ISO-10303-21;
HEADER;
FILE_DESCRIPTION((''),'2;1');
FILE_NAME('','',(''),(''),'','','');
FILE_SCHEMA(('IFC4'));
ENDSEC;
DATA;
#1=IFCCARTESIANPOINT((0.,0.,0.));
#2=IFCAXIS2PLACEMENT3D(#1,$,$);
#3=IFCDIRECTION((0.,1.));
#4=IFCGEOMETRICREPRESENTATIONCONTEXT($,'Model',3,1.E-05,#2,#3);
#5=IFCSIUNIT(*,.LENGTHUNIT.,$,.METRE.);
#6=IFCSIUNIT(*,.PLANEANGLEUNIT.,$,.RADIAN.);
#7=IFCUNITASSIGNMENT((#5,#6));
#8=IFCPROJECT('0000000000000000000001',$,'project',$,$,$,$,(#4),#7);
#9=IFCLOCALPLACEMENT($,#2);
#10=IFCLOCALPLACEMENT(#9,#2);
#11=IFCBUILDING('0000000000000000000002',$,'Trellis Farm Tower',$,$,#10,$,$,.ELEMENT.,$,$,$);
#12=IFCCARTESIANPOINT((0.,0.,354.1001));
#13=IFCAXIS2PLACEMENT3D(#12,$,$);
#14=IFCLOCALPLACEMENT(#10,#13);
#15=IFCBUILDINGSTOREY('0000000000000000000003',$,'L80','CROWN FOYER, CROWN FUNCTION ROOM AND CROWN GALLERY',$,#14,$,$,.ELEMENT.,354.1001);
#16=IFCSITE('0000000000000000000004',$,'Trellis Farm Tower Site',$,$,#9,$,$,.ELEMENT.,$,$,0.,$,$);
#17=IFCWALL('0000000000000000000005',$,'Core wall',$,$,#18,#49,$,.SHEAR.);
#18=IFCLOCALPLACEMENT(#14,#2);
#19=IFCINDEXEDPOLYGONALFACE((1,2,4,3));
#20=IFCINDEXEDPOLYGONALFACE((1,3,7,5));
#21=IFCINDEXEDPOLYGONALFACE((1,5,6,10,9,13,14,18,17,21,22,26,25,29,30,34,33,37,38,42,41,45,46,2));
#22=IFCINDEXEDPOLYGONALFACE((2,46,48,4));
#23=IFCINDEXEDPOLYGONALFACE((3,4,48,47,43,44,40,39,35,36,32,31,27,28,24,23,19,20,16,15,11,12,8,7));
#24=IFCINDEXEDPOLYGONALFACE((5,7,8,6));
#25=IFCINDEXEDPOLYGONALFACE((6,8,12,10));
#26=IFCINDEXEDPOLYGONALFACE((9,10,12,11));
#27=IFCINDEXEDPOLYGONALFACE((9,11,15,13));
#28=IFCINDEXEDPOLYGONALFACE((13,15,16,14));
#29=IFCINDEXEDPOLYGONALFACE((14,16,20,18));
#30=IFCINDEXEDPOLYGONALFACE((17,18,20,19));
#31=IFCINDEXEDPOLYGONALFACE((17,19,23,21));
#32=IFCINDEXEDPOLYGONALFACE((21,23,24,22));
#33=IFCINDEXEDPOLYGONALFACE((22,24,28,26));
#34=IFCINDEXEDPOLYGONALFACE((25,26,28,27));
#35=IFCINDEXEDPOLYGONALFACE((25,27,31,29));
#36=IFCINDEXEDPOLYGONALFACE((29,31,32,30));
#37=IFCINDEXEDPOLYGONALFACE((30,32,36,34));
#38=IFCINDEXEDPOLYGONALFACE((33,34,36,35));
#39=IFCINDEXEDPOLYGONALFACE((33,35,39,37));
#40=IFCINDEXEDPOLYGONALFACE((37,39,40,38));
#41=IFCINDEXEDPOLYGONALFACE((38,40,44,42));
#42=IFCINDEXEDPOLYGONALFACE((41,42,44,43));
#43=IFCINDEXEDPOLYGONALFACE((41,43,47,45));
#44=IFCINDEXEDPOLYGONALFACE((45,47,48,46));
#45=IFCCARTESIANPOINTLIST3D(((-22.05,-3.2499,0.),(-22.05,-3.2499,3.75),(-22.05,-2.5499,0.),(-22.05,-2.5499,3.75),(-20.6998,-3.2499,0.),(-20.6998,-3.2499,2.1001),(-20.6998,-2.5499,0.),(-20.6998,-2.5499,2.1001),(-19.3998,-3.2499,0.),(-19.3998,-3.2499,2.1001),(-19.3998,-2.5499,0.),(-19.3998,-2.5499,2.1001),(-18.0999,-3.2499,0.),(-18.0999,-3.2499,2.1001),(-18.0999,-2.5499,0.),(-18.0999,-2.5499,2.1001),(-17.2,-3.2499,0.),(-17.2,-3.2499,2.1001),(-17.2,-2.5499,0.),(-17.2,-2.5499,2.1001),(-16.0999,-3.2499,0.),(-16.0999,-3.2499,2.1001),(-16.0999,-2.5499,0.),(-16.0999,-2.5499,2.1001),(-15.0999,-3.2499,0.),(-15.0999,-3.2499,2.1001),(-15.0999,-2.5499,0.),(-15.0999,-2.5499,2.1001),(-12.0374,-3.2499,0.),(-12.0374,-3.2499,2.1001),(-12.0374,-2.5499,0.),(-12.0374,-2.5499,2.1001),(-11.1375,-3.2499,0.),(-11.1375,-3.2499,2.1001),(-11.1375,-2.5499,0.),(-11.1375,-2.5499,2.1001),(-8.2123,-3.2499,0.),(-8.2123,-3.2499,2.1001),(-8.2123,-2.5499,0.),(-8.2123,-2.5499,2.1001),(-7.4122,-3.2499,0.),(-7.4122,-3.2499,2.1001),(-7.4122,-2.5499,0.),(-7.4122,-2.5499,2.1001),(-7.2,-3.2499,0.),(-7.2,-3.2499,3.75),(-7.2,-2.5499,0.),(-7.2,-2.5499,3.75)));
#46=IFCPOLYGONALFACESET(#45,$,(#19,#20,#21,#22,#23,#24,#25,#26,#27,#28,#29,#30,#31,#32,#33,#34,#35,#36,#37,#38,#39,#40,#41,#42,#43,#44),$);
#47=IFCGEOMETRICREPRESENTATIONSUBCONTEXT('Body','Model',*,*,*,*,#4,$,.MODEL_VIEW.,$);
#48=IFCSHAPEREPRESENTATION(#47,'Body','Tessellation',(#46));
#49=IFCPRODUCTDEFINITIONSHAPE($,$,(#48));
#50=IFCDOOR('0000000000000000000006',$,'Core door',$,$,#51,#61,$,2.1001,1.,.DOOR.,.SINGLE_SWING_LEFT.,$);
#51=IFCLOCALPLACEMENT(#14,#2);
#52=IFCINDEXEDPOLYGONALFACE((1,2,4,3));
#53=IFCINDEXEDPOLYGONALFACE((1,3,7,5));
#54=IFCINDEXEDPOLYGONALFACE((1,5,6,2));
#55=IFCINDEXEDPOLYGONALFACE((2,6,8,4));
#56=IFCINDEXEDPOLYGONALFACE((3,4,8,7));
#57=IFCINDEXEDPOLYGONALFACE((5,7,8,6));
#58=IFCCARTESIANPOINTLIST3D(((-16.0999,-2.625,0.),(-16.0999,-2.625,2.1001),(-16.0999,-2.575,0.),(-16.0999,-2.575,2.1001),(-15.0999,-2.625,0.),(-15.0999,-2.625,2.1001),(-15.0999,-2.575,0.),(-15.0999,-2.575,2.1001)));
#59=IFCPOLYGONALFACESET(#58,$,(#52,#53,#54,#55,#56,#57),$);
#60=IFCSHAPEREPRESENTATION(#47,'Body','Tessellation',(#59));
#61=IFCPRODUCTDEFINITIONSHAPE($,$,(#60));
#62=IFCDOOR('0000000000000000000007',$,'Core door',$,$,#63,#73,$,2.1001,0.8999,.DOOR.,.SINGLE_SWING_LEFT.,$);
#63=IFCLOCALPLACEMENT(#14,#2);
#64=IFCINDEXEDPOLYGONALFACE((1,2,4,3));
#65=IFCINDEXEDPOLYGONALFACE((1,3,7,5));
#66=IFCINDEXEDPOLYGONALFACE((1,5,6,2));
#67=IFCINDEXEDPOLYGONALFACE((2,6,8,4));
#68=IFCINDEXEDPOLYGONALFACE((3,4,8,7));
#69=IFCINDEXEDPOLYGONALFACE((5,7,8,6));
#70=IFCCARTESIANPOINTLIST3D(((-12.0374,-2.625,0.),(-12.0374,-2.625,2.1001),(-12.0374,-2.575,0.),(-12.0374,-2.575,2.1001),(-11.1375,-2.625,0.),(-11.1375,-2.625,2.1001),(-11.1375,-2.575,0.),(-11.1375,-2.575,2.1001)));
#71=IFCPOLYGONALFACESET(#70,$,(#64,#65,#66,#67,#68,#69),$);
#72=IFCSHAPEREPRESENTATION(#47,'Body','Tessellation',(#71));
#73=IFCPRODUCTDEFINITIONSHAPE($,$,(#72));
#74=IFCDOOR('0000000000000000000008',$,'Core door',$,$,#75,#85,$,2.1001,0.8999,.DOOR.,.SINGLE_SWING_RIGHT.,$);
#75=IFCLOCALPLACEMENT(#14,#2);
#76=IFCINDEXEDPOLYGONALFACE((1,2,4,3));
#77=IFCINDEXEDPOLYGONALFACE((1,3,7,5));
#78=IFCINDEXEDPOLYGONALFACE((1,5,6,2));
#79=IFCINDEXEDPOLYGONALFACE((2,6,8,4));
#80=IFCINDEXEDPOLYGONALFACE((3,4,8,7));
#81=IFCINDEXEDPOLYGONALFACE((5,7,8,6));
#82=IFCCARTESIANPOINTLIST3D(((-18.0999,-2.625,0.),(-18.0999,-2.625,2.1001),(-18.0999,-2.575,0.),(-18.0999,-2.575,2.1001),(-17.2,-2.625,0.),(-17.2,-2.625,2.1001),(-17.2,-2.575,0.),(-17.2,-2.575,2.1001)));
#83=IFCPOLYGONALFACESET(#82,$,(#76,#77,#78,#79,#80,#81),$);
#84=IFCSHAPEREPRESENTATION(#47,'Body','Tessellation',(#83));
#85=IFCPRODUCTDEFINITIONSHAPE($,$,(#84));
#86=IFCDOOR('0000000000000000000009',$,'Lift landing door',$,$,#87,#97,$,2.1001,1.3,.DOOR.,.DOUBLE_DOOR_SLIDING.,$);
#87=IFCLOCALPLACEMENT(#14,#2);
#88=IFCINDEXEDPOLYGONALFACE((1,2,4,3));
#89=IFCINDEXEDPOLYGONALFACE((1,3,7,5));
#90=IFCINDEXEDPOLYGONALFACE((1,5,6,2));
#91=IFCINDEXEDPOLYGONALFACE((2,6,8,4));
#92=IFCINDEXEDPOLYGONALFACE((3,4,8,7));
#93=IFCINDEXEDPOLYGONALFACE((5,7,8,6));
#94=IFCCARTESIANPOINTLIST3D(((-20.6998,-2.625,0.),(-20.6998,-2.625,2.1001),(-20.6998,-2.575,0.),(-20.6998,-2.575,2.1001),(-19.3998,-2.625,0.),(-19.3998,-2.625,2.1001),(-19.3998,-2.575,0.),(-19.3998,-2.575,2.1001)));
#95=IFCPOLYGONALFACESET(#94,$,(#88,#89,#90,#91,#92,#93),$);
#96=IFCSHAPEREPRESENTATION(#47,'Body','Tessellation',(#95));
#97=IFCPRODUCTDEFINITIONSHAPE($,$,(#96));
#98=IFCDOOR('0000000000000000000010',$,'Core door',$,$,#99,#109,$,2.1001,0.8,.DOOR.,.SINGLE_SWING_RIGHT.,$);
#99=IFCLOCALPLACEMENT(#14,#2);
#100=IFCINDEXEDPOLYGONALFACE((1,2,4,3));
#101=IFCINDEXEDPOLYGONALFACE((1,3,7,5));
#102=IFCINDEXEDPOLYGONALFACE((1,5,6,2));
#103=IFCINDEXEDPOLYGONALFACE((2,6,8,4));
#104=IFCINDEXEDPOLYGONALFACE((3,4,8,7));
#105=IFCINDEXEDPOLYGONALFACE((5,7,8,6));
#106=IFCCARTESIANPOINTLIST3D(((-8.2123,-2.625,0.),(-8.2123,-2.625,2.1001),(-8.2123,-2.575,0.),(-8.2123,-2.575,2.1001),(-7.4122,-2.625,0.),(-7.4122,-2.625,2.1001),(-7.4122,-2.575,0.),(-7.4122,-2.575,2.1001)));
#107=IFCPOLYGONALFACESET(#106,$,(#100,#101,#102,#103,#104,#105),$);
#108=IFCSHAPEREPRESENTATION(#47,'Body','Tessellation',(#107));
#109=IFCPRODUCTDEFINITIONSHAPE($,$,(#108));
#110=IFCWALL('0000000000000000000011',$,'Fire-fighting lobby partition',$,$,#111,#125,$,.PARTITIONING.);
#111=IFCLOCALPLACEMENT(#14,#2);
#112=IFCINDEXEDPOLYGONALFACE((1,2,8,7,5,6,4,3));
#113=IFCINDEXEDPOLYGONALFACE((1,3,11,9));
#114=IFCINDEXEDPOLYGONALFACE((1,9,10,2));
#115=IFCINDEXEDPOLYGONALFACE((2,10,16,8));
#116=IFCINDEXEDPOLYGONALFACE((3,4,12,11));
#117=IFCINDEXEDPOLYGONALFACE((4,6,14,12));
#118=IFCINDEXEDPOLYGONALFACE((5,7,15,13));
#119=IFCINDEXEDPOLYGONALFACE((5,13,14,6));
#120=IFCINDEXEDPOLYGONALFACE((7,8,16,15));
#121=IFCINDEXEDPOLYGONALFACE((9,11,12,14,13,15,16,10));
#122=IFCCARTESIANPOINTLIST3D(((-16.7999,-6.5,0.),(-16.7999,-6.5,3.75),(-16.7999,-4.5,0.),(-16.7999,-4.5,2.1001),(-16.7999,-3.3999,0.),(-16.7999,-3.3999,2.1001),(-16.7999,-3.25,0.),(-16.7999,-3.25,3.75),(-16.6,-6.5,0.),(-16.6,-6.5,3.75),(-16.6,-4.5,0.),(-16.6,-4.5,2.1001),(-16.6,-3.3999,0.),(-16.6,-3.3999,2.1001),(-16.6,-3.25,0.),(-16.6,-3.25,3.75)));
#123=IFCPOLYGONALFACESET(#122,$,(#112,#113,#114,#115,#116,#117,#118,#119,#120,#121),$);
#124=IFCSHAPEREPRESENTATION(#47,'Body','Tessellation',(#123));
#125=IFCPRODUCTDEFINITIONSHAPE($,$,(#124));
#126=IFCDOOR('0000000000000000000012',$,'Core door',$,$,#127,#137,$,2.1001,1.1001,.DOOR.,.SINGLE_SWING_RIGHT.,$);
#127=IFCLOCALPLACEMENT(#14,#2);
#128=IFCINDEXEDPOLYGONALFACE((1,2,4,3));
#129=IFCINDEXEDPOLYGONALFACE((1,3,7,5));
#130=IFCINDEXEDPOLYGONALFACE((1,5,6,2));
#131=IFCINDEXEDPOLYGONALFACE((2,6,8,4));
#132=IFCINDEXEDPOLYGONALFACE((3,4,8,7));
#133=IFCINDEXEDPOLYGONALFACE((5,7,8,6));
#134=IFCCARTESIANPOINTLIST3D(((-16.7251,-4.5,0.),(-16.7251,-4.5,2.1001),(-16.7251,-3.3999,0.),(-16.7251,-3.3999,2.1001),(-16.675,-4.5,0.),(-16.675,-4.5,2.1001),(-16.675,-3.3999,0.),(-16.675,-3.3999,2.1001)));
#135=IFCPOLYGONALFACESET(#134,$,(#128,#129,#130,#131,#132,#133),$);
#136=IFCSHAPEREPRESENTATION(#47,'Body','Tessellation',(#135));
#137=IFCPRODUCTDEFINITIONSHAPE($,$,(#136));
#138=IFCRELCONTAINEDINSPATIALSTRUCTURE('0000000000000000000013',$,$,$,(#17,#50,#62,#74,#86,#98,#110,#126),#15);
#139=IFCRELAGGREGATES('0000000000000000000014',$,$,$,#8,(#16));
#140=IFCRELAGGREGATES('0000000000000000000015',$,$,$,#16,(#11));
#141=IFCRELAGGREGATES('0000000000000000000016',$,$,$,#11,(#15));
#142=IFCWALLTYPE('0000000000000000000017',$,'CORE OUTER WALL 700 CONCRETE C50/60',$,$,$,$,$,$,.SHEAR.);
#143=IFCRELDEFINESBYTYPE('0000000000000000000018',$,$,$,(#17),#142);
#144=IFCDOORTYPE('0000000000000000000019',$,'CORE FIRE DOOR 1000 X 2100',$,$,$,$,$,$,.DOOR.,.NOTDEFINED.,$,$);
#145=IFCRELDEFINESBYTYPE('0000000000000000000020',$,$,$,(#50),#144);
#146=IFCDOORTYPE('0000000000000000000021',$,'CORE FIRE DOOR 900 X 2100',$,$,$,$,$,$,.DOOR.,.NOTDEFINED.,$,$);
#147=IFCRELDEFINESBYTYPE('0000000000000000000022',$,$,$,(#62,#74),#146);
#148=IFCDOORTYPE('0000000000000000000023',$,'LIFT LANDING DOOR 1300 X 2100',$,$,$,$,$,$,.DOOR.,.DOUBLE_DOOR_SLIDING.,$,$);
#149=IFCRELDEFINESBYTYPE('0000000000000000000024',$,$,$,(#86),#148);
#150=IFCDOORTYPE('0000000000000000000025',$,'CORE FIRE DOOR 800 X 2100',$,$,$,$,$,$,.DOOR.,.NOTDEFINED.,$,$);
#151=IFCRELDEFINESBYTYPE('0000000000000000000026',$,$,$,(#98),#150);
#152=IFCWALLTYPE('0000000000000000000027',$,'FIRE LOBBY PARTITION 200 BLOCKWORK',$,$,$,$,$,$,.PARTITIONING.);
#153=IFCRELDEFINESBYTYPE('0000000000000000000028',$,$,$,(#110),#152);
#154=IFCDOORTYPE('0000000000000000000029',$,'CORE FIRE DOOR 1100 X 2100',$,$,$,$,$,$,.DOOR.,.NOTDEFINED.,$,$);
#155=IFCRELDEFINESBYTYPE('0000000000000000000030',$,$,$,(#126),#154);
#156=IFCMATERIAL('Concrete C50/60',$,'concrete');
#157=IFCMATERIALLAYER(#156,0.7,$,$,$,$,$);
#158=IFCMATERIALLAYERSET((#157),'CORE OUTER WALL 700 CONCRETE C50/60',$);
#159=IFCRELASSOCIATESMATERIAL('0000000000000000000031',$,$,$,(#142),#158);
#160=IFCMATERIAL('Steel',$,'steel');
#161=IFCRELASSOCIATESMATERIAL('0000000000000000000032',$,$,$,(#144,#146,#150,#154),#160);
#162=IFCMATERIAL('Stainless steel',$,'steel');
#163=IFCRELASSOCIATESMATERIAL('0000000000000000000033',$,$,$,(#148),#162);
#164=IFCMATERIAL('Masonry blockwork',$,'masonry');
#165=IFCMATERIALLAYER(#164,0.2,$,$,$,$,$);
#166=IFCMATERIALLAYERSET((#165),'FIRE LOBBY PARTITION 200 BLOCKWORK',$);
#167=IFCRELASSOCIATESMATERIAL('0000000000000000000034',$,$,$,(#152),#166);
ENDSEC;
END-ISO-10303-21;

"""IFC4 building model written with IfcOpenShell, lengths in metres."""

from ifc_helpers import new_model, si_unit, direction, frame, frame_2d, origin, place, context, subcontext, project, spatial, rectangle, extrude, source, transform, mapped, material, layer, layer_set, type_object, element, fill, save


model = new_model("IFC4")

# Units and contexts
model_context = context("Model", 3, precision=1e-05, world=origin(), true_north=direction((0.0, 1.0)))
body_context = subcontext(model_context, "Body", "Model", "MODEL_VIEW")
ifc_project = project(units=[si_unit("LENGTHUNIT", "METRE"), si_unit("PLANEANGLEUNIT", "RADIAN")], contexts=[model_context])

# Site, building, storey
site_placement = place(None, origin())
site = spatial("IfcSite", under=ifc_project, at=site_placement, Name="Trellis Farm Tower Site", CompositionType="ELEMENT", RefElevation=0.0)
building_placement = place(site_placement, origin())
building = spatial("IfcBuilding", under=site, at=building_placement, Name="Trellis Farm Tower", CompositionType="ELEMENT")
storey_placement = place(building_placement, frame((0.0, 0.0, 354.1001)))
storey = spatial("IfcBuildingStorey", under=building, at=storey_placement, Name="L80", Description="CROWN FOYER, CROWN FUNCTION ROOM AND CROWN GALLERY", CompositionType="ELEMENT", Elevation=354.1001)

# Shared definitions
ifc_material_1 = material(Name="Concrete C50/60", Category="concrete")

# Shared definitions
ifc_material_2 = material(Name="Masonry blockwork", Category="masonry")

# Wall, openings, doors
ifc_layer_1 = layer(ifc_material_1, 0.7)
ifc_layer_set_1 = layer_set([ifc_layer_1], Name="CORE OUTER WALL 700 CONCRETE C50/60")
wall_type_1 = type_object("IfcWallType", Name="CORE OUTER WALL 700 CONCRETE C50/60", PredefinedType="SHEAR", material=ifc_layer_set_1)
shared_shape_1 = source(origin(), body_context, "Body", "SweptSolid", [
    extrude(rectangle(XDim=14.8501, YDim=0.7, at=frame_2d((7.425, 0.0))), origin(), (0.0, 0.0, 1.0), 3.75),
])
wall_1_placement = place(storey_placement, frame((-7.2, -2.8999, 0.0), z_axis=(0.0, 0.0, 1.0), x_axis=(-1.0, 0.0, 0.0)))
wall_1 = element("IfcWall", 1, at=wall_1_placement, inside=storey, type_object=wall_type_1, Name="Core wall", PredefinedType="SHEAR", context=body_context, shape_type="MappedRepresentation", body=[
    mapped(shared_shape_1, transform((0.0, 0.0, 0.0))),
])
shared_shape_2 = source(origin(), body_context, "Body", "SweptSolid", [
    extrude(rectangle(XDim=1.3, YDim=2.1001, at=frame_2d((0.6499, 1.05))), frame((0.0, 0.3601, 0.0), z_axis=(0.0, -1.0, 0.0), x_axis=(1.0, 0.0, 0.0)), (0.0, 0.0, 1.0), 0.7202),
])
opening_1_placement = place(wall_1_placement, frame((12.2, 0.0, 0.0)))
opening_1 = element("IfcOpeningElement", 2, at=opening_1_placement, cuts=wall_1, PredefinedType="OPENING", context=body_context, shape_type="MappedRepresentation", body=[
    mapped(shared_shape_2, transform((0.0, 0.0, 0.0))),
])
shared_shape_3 = source(origin(), body_context, "Body", "SweptSolid", [
    extrude(rectangle(XDim=1.0, YDim=2.1001, at=frame_2d((0.5, 1.05))), frame((0.0, 0.3601, 0.0), z_axis=(0.0, -1.0, 0.0), x_axis=(1.0, 0.0, 0.0)), (0.0, 0.0, 1.0), 0.7202),
])
opening_2_placement = place(wall_1_placement, frame((7.8999, 0.0, 0.0)))
opening_2 = element("IfcOpeningElement", 3, at=opening_2_placement, cuts=wall_1, PredefinedType="OPENING", context=body_context, shape_type="MappedRepresentation", body=[
    mapped(shared_shape_3, transform((0.0, 0.0, 0.0))),
])
shared_shape_4 = source(origin(), body_context, "Body", "SweptSolid", [
    extrude(rectangle(XDim=0.8, YDim=2.1001, at=frame_2d((0.3999, 1.05))), frame((0.0, 0.3601, 0.0), z_axis=(0.0, -1.0, 0.0), x_axis=(1.0, 0.0, 0.0)), (0.0, 0.0, 1.0), 0.7202),
])
opening_3_placement = place(wall_1_placement, frame((0.2124, 0.0, 0.0)))
opening_3 = element("IfcOpeningElement", 4, at=opening_3_placement, cuts=wall_1, PredefinedType="OPENING", context=body_context, shape_type="MappedRepresentation", body=[
    mapped(shared_shape_4, transform((0.0, 0.0, 0.0))),
])
shared_shape_5 = source(origin(), body_context, "Body", "SweptSolid", [
    extrude(rectangle(XDim=0.8999, YDim=2.1001, at=frame_2d((0.45, 1.05))), frame((0.0, 0.3601, 0.0), z_axis=(0.0, -1.0, 0.0), x_axis=(1.0, 0.0, 0.0)), (0.0, 0.0, 1.0), 0.7202),
])
opening_4_placement = place(wall_1_placement, frame((3.9375, 0.0, 0.0)))
opening_4 = element("IfcOpeningElement", 5, at=opening_4_placement, cuts=wall_1, PredefinedType="OPENING", context=body_context, shape_type="MappedRepresentation", body=[
    mapped(shared_shape_5, transform((0.0, 0.0, 0.0))),
])
opening_5_placement = place(wall_1_placement, frame((10.0, 0.0, 0.0)))
opening_5 = element("IfcOpeningElement", 6, at=opening_5_placement, cuts=wall_1, PredefinedType="OPENING", context=body_context, shape_type="MappedRepresentation", body=[
    mapped(shared_shape_5, transform((0.0, 0.0, 0.0))),
])
ifc_material_3 = material(Name="Steel", Category="steel")
door_type_1 = type_object("IfcDoorType", Name="CORE FIRE DOOR 1000 X 2100", OperationType="NOTDEFINED", PredefinedType="DOOR", material=ifc_material_3)
shared_shape_6 = source(origin(), body_context, "Body", "SweptSolid", [
    extrude(rectangle(XDim=1.0, YDim=2.1001, at=frame_2d((0.5, 1.05))), frame((0.0, -0.2749, 0.0), z_axis=(0.0, -1.0, 0.0), x_axis=(1.0, 0.0, 0.0)), (0.0, 0.0, 1.0), 0.05),
])
door_1_placement = place(opening_2_placement, origin())
door_1 = element("IfcDoor", 7, at=door_1_placement, inside=storey, type_object=door_type_1, Name="Core door", OperationType="SINGLE_SWING_LEFT", OverallHeight=2.1001, OverallWidth=1.0, PredefinedType="DOOR", context=body_context, shape_type="MappedRepresentation", body=[
    mapped(shared_shape_6, transform((0.0, 0.0, 0.0))),
])
fill(opening_2, door_1)
door_type_2 = type_object("IfcDoorType", Name="CORE FIRE DOOR 900 X 2100", OperationType="NOTDEFINED", PredefinedType="DOOR", material=ifc_material_3)
shared_shape_7 = source(origin(), body_context, "Body", "SweptSolid", [
    extrude(rectangle(XDim=0.8999, YDim=2.1001, at=frame_2d((0.45, 1.05))), frame((0.0, -0.2749, 0.0), z_axis=(0.0, -1.0, 0.0), x_axis=(1.0, 0.0, 0.0)), (0.0, 0.0, 1.0), 0.05),
])
door_2_placement = place(opening_4_placement, origin())
door_2 = element("IfcDoor", 8, at=door_2_placement, inside=storey, type_object=door_type_2, Name="Core door", OperationType="SINGLE_SWING_LEFT", OverallHeight=2.1001, OverallWidth=0.8999, PredefinedType="DOOR", context=body_context, shape_type="MappedRepresentation", body=[
    mapped(shared_shape_7, transform((0.0, 0.0, 0.0))),
])
fill(opening_4, door_2)
door_3_placement = place(opening_5_placement, origin())
door_3 = element("IfcDoor", 9, at=door_3_placement, inside=storey, type_object=door_type_2, Name="Core door", OperationType="SINGLE_SWING_RIGHT", OverallHeight=2.1001, OverallWidth=0.8999, PredefinedType="DOOR", context=body_context, shape_type="MappedRepresentation", body=[
    mapped(shared_shape_7, transform((0.0, 0.0, 0.0))),
])
fill(opening_5, door_3)
ifc_material_4 = material(Name="Stainless steel", Category="steel")
door_type_3 = type_object("IfcDoorType", Name="LIFT LANDING DOOR 1300 X 2100", OperationType="DOUBLE_DOOR_SLIDING", PredefinedType="DOOR", material=ifc_material_4)
shared_shape_8 = source(origin(), body_context, "Body", "SweptSolid", [
    extrude(rectangle(XDim=1.3, YDim=2.1001, at=frame_2d((0.6499, 1.05))), frame((0.0, -0.2749, 0.0), z_axis=(0.0, -1.0, 0.0), x_axis=(1.0, 0.0, 0.0)), (0.0, 0.0, 1.0), 0.05),
])
door_4_placement = place(opening_1_placement, origin())
door_4 = element("IfcDoor", 10, at=door_4_placement, inside=storey, type_object=door_type_3, Name="Lift landing door", OperationType="DOUBLE_DOOR_SLIDING", OverallHeight=2.1001, OverallWidth=1.3, PredefinedType="DOOR", context=body_context, shape_type="MappedRepresentation", body=[
    mapped(shared_shape_8, transform((0.0, 0.0, 0.0))),
])
fill(opening_1, door_4)
door_type_4 = type_object("IfcDoorType", Name="CORE FIRE DOOR 800 X 2100", OperationType="NOTDEFINED", PredefinedType="DOOR", material=ifc_material_3)
shared_shape_9 = source(origin(), body_context, "Body", "SweptSolid", [
    extrude(rectangle(XDim=0.8, YDim=2.1001, at=frame_2d((0.3999, 1.05))), frame((0.0, -0.2749, 0.0), z_axis=(0.0, -1.0, 0.0), x_axis=(1.0, 0.0, 0.0)), (0.0, 0.0, 1.0), 0.05),
])
door_5_placement = place(opening_3_placement, origin())
door_5 = element("IfcDoor", 11, at=door_5_placement, inside=storey, type_object=door_type_4, Name="Core door", OperationType="SINGLE_SWING_RIGHT", OverallHeight=2.1001, OverallWidth=0.8, PredefinedType="DOOR", context=body_context, shape_type="MappedRepresentation", body=[
    mapped(shared_shape_9, transform((0.0, 0.0, 0.0))),
])
fill(opening_3, door_5)

# Wall, opening, door
ifc_layer_2 = layer(ifc_material_2, 0.2)
ifc_layer_set_2 = layer_set([ifc_layer_2], Name="FIRE LOBBY PARTITION 200 BLOCKWORK")
wall_type_2 = type_object("IfcWallType", Name="FIRE LOBBY PARTITION 200 BLOCKWORK", PredefinedType="PARTITIONING", material=ifc_layer_set_2)
shared_shape_10 = source(origin(), body_context, "Body", "SweptSolid", [
    extrude(rectangle(XDim=3.25, YDim=0.2, at=frame_2d((1.625, 0.0))), origin(), (0.0, 0.0, 1.0), 3.75),
])
wall_2_placement = place(storey_placement, frame((-16.7, -3.25, 0.0), z_axis=(0.0, 0.0, 1.0), x_axis=(0.0, -1.0, 0.0)))
wall_2 = element("IfcWall", 12, at=wall_2_placement, inside=storey, type_object=wall_type_2, Name="Fire-fighting lobby partition", PredefinedType="PARTITIONING", context=body_context, shape_type="MappedRepresentation", body=[
    mapped(shared_shape_10, transform((0.0, 0.0, 0.0))),
])
shared_shape_11 = source(origin(), body_context, "Body", "SweptSolid", [
    extrude(rectangle(XDim=1.1001, YDim=2.1001, at=frame_2d((0.55, 1.05))), frame((0.0, 0.1101, 0.0), z_axis=(0.0, -1.0, 0.0), x_axis=(1.0, 0.0, 0.0)), (0.0, 0.0, 1.0), 0.2202),
])
opening_6_placement = place(wall_2_placement, frame((0.1499, 0.0, 0.0)))
opening_6 = element("IfcOpeningElement", 13, at=opening_6_placement, cuts=wall_2, PredefinedType="OPENING", context=body_context, shape_type="MappedRepresentation", body=[
    mapped(shared_shape_11, transform((0.0, 0.0, 0.0))),
])
door_type_5 = type_object("IfcDoorType", Name="CORE FIRE DOOR 1100 X 2100", OperationType="NOTDEFINED", PredefinedType="DOOR", material=ifc_material_3)
shared_shape_12 = source(origin(), body_context, "Body", "SweptSolid", [
    extrude(rectangle(XDim=1.1001, YDim=2.1001, at=frame_2d((0.55, 1.05))), frame((0.0, 0.0249, 0.0), z_axis=(0.0, -1.0, 0.0), x_axis=(1.0, 0.0, 0.0)), (0.0, 0.0, 1.0), 0.05),
])
door_6_placement = place(opening_6_placement, origin())
door_6 = element("IfcDoor", 14, at=door_6_placement, inside=storey, type_object=door_type_5, Name="Core door", OperationType="SINGLE_SWING_RIGHT", OverallHeight=2.1001, OverallWidth=1.1001, PredefinedType="DOOR", context=body_context, shape_type="MappedRepresentation", body=[
    mapped(shared_shape_12, transform((0.0, 0.0, 0.0))),
])
fill(opening_6, door_6)

save(model, "model.ifc")
